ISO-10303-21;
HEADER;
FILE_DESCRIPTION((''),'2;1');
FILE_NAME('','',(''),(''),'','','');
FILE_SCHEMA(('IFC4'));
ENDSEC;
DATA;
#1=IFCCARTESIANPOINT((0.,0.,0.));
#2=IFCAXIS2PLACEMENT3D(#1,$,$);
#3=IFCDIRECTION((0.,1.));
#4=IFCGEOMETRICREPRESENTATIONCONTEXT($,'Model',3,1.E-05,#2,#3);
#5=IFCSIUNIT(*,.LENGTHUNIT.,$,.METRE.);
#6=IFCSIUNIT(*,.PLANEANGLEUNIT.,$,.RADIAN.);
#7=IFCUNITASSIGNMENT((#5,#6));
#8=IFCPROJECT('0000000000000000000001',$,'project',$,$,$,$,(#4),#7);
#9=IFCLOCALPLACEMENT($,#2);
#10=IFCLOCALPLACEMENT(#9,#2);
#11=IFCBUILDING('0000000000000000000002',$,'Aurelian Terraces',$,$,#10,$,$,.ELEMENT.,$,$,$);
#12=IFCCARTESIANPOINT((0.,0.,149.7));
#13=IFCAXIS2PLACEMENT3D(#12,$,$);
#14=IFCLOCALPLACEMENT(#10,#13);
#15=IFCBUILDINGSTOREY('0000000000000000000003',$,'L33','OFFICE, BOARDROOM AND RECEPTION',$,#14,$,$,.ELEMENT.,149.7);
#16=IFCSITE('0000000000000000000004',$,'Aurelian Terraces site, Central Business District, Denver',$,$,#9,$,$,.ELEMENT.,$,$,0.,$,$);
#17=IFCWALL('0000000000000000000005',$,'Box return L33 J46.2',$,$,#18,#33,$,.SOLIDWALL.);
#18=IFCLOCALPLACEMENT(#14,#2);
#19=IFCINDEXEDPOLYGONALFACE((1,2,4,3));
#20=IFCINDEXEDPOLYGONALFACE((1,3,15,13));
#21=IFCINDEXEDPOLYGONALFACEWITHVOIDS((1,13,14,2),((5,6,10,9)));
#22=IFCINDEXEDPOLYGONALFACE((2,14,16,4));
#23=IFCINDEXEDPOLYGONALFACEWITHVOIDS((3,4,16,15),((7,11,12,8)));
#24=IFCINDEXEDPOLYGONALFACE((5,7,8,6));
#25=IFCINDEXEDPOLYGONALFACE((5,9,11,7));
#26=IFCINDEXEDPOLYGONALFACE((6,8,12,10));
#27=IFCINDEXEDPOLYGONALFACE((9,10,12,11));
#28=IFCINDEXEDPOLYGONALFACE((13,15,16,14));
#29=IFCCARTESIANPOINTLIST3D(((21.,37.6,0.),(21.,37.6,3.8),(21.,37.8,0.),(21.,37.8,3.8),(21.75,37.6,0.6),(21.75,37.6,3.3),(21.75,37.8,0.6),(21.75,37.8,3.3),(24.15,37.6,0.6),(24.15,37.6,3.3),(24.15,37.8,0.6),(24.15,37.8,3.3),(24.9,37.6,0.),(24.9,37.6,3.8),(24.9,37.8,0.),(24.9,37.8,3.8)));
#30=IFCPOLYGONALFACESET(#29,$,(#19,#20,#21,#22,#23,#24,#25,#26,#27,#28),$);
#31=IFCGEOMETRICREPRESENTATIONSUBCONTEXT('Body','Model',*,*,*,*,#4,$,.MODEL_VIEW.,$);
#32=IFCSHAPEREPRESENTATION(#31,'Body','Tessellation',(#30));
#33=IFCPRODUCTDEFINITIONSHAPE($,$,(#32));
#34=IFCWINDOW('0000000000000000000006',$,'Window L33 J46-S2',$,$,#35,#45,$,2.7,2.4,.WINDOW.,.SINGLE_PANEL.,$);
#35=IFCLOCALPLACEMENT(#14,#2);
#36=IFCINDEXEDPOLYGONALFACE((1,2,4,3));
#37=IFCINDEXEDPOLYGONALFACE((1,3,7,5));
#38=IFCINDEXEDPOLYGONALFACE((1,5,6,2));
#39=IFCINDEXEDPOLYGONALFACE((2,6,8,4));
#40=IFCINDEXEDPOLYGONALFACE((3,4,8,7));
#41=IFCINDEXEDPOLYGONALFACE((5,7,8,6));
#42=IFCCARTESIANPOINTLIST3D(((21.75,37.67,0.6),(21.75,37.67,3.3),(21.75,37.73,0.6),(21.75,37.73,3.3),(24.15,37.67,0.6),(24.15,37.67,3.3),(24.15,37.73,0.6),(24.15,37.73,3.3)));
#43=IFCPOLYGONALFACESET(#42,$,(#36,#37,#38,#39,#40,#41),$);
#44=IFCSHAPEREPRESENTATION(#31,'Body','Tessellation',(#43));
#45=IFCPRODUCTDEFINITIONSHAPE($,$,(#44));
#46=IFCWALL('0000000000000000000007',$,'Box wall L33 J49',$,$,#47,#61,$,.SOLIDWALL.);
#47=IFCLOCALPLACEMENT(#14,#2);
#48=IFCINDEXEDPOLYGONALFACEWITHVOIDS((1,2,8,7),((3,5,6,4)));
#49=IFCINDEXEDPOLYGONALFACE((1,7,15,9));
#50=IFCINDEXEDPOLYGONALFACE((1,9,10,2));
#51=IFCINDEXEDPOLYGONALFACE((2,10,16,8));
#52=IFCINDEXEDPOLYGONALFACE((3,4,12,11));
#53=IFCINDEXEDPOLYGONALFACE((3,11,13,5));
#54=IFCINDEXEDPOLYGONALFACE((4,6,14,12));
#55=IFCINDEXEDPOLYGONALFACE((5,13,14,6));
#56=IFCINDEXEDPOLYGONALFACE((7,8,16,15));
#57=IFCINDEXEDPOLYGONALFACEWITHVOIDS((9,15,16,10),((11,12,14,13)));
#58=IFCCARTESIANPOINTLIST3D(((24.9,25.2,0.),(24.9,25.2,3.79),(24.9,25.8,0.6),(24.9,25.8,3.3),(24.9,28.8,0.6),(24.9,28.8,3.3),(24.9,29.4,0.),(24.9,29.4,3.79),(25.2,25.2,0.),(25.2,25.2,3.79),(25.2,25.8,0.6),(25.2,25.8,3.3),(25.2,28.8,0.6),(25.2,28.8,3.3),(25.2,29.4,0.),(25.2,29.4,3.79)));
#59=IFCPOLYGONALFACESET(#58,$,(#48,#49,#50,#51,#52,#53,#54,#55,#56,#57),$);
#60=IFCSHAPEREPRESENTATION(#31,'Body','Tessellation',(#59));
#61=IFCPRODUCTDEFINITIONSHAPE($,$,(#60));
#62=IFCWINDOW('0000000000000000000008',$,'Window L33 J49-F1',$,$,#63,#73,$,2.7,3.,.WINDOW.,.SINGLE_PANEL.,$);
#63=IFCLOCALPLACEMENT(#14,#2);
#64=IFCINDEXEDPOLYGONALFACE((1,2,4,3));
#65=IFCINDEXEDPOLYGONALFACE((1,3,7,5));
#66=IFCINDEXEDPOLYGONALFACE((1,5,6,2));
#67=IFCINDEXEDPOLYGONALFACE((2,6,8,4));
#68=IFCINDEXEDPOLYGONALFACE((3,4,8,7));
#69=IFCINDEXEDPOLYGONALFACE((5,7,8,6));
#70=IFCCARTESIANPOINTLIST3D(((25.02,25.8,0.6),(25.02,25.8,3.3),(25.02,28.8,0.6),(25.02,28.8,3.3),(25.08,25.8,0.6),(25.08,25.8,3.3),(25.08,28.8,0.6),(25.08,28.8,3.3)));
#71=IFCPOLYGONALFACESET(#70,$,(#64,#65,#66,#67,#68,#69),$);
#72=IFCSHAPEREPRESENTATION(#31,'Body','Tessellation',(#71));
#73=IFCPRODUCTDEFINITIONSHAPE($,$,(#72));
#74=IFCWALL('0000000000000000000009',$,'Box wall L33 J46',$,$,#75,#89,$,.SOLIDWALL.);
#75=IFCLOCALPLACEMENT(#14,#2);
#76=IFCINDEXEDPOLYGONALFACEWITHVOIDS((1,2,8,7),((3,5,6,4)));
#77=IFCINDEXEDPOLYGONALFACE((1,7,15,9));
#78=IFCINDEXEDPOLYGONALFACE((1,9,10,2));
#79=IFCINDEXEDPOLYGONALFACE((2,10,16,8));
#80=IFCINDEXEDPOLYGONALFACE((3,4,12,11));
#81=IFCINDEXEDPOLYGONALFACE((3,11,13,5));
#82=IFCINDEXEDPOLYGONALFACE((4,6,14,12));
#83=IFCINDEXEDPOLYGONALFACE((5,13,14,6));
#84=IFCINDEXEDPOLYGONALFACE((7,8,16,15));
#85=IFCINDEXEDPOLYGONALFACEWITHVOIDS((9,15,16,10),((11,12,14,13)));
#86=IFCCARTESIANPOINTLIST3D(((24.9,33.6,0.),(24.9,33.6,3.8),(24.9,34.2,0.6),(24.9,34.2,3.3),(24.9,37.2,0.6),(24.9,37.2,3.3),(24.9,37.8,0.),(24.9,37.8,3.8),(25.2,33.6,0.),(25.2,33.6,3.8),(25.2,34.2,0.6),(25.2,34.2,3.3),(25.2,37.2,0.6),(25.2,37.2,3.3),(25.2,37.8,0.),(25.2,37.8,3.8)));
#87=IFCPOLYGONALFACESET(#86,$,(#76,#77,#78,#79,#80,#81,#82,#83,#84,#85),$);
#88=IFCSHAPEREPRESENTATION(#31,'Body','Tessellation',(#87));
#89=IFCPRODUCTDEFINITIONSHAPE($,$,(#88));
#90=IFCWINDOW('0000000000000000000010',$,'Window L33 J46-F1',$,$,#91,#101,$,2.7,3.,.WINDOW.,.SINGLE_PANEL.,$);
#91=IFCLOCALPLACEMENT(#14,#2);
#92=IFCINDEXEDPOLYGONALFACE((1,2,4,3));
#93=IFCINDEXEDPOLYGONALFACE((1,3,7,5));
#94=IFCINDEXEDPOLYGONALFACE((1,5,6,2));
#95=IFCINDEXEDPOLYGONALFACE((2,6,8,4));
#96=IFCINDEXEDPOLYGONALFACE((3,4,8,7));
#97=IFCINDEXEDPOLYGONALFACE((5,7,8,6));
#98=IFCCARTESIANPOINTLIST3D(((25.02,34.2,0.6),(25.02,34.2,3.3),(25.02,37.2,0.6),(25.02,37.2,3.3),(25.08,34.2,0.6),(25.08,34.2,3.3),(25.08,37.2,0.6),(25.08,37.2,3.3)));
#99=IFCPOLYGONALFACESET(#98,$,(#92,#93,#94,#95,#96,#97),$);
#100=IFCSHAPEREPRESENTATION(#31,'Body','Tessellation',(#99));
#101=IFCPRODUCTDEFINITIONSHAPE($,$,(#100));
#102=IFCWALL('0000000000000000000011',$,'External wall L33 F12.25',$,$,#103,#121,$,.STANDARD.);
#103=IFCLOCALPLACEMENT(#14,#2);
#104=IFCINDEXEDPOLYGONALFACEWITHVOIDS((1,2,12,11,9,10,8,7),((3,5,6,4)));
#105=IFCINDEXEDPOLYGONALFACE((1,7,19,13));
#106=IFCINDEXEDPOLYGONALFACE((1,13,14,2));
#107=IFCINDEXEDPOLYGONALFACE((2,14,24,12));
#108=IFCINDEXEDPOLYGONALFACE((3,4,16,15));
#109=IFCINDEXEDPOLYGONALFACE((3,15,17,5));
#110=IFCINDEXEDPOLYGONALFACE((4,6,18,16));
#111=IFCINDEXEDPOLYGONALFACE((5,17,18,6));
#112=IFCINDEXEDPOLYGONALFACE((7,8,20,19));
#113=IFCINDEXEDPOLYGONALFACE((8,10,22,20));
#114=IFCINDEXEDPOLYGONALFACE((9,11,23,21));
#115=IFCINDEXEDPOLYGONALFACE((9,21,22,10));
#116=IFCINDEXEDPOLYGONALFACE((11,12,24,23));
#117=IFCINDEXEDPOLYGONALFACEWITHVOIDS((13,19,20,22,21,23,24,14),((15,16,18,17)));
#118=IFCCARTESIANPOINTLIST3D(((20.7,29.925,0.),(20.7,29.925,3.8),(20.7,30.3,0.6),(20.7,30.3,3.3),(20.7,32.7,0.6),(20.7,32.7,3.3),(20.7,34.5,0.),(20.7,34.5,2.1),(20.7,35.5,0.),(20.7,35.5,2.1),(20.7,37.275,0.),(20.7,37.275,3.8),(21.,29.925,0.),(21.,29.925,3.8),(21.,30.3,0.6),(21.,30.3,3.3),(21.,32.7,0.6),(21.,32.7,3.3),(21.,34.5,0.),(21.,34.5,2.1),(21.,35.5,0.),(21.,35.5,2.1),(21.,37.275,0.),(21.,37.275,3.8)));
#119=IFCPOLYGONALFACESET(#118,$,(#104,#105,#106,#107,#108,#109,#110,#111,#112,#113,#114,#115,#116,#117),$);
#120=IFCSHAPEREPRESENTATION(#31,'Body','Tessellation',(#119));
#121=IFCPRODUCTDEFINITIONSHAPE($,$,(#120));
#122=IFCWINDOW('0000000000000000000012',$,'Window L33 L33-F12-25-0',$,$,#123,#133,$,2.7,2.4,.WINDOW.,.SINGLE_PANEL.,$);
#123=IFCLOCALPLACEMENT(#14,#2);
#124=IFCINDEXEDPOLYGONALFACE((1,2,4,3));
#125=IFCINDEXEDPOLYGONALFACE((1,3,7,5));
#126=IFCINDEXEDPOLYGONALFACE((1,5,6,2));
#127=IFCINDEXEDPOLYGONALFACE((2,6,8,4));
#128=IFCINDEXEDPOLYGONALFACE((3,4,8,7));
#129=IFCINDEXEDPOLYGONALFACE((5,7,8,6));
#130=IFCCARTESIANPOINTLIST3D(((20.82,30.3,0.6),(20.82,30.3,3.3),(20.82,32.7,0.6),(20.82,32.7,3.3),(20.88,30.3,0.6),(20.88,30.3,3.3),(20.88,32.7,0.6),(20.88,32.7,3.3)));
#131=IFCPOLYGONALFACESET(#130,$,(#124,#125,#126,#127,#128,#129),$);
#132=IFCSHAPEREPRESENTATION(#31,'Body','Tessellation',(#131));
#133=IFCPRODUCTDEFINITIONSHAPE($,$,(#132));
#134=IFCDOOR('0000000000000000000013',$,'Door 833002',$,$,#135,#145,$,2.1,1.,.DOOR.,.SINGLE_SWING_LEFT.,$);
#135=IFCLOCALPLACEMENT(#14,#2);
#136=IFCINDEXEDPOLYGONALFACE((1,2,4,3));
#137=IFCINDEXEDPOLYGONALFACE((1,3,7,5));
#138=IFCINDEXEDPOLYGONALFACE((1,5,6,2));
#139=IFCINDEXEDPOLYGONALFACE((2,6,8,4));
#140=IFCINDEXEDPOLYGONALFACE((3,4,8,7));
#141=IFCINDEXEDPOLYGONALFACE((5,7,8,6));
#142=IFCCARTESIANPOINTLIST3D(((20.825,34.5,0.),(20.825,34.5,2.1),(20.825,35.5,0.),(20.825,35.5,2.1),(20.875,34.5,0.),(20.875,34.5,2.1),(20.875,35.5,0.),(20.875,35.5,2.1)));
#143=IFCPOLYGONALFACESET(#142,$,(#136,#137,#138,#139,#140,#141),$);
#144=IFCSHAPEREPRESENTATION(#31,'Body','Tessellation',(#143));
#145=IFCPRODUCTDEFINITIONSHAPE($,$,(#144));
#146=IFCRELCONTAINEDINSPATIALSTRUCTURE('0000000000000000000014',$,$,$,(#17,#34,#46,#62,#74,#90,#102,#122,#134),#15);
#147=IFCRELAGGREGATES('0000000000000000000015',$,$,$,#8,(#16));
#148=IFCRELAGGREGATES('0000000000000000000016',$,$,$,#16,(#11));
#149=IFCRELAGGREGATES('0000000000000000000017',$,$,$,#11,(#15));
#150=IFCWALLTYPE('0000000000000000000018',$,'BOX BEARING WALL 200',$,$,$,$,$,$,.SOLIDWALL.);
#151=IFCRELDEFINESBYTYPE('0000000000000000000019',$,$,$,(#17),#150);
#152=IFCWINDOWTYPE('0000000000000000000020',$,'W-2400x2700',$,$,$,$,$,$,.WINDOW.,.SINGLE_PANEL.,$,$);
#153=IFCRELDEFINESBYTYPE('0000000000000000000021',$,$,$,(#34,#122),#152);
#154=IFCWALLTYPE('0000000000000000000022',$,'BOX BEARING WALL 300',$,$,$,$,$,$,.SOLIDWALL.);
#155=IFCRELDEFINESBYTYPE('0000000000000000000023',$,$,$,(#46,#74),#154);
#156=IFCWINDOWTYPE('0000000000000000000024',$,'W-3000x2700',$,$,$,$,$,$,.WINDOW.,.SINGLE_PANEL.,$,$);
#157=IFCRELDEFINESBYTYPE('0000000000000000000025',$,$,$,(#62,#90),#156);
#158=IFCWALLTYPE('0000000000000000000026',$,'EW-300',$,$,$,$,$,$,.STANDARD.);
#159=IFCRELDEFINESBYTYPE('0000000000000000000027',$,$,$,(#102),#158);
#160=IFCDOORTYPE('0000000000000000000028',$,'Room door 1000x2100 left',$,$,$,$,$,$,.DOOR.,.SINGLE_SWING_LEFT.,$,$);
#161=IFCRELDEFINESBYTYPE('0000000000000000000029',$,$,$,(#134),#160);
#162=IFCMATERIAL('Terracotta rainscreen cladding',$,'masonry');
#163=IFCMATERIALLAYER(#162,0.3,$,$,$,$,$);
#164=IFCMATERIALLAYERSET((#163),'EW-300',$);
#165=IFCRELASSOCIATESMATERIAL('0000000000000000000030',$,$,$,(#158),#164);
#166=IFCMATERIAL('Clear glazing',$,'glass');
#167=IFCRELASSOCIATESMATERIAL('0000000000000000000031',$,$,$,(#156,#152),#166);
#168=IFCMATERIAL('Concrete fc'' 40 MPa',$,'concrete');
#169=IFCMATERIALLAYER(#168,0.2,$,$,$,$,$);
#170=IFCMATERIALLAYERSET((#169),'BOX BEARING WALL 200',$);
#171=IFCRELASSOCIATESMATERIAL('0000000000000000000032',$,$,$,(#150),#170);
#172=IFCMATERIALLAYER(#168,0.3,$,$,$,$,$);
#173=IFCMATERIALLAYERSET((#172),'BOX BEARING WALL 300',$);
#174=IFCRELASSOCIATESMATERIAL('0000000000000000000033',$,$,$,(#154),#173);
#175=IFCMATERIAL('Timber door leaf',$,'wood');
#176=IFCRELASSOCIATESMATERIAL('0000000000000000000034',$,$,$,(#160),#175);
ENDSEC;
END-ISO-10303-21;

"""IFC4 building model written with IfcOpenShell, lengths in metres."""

from ifc_helpers import new_model, si_unit, direction, frame, frame_2d, origin, place, context, subcontext, project, spatial, rectangle, extrude, source, transform, mapped, material, layer, layer_set, type_object, element, fill, save


model = new_model("IFC4")

# Units and contexts
model_context = context("Model", 3, precision=1e-05, world=origin(), true_north=direction((0.0, 1.0)))
body_context = subcontext(model_context, "Body", "Model", "MODEL_VIEW")
ifc_project = project(units=[si_unit("LENGTHUNIT", "METRE"), si_unit("PLANEANGLEUNIT", "RADIAN")], contexts=[model_context])

# Site, building, storey
site_placement = place(None, origin())
site = spatial("IfcSite", under=ifc_project, at=site_placement, Name="Aurelian Terraces site, Central Business District, Denver", CompositionType="ELEMENT", RefElevation=0.0)
building_placement = place(site_placement, origin())
building = spatial("IfcBuilding", under=site, at=building_placement, Name="Aurelian Terraces", CompositionType="ELEMENT")
storey_placement = place(building_placement, frame((0.0, 0.0, 149.7)))
storey = spatial("IfcBuildingStorey", under=building, at=storey_placement, Name="L33", Description="OFFICE, BOARDROOM AND RECEPTION", CompositionType="ELEMENT", Elevation=149.7)

# Walls, openings, windows
ifc_material_1 = material(Name="Terracotta rainscreen cladding", Category="masonry")
ifc_layer_1 = layer(ifc_material_1, 0.3)
ifc_layer_set_1 = layer_set([ifc_layer_1], Name="EW-300")
wall_type_1 = type_object("IfcWallType", Name="EW-300", PredefinedType="STANDARD", material=ifc_layer_set_1)
shared_shape_1 = source(origin(), body_context, "Body", "SweptSolid", [
    extrude(rectangle(XDim=3.0, YDim=2.7, at=frame_2d((1.5, 1.35))), frame((0.0, 0.16, 0.0), z_axis=(0.0, -1.0, 0.0), x_axis=(1.0, 0.0, 0.0)), (0.0, 0.0, 1.0), 0.32),
])
ifc_material_2 = material(Name="Clear glazing", Category="glass")
window_type_1 = type_object("IfcWindowType", Name="W-3000x2700", PartitioningType="SINGLE_PANEL", PredefinedType="WINDOW", material=ifc_material_2)
shared_shape_2 = source(origin(), body_context, "Body", "SweptSolid", [
    extrude(rectangle(XDim=3.0, YDim=2.7, at=frame_2d((1.5, 1.35))), frame((0.0, 0.03, 0.0), z_axis=(0.0, -1.0, 0.0), x_axis=(1.0, 0.0, 0.0)), (0.0, 0.0, 1.0), 0.06),
])
ifc_material_3 = material(Name="Concrete fc' 40 MPa", Category="concrete")
ifc_layer_2 = layer(ifc_material_3, 0.2)
ifc_layer_set_2 = layer_set([ifc_layer_2], Name="BOX BEARING WALL 200")
wall_type_2 = type_object("IfcWallType", Name="BOX BEARING WALL 200", PredefinedType="SOLIDWALL", material=ifc_layer_set_2)
shared_shape_3 = source(origin(), body_context, "Body", "SweptSolid", [
    extrude(rectangle(XDim=2.4, YDim=2.7, at=frame_2d((1.2, 1.35))), frame((0.0, 0.11, 0.0), z_axis=(0.0, -1.0, 0.0), x_axis=(1.0, 0.0, 0.0)), (0.0, 0.0, 1.0), 0.22),
])
window_type_2 = type_object("IfcWindowType", Name="W-2400x2700", PartitioningType="SINGLE_PANEL", PredefinedType="WINDOW", material=ifc_material_2)
shared_shape_4 = source(origin(), body_context, "Body", "SweptSolid", [
    extrude(rectangle(XDim=2.4, YDim=2.7, at=frame_2d((1.2, 1.35))), frame((0.0, 0.03, 0.0), z_axis=(0.0, -1.0, 0.0), x_axis=(1.0, 0.0, 0.0)), (0.0, 0.0, 1.0), 0.06),
])
shared_shape_5 = source(origin(), body_context, "Body", "SweptSolid", [
    extrude(rectangle(XDim=3.9, YDim=0.2, at=frame_2d((1.95, 0.0))), origin(), (0.0, 0.0, 1.0), 3.8),
])
wall_1_placement = place(storey_placement, frame((21.0, 37.7, 0.0), z_axis=(0.0, 0.0, 1.0), x_axis=(1.0, 0.0, 0.0)))
wall_1 = element("IfcWall", 1, at=wall_1_placement, inside=storey, type_object=wall_type_2, Name="Box return L33 J46.2", PredefinedType="SOLIDWALL", context=body_context, shape_type="MappedRepresentation", body=[
    mapped(shared_shape_5, transform((0.0, 0.0, 0.0), scale=1.0)),
])
opening_1_placement = place(wall_1_placement, frame((0.75, 0.0, 0.6)))
opening_1 = element("IfcOpeningElement", 2, at=opening_1_placement, cuts=wall_1, PredefinedType="OPENING", context=body_context, shape_type="MappedRepresentation", body=[
    mapped(shared_shape_3, transform((0.0, 0.0, 0.0), scale=1.0)),
])
window_1_placement = place(opening_1_placement, origin())
window_1 = element("IfcWindow", 3, at=window_1_placement, inside=storey, type_object=window_type_2, Name="Window L33 J46-S2", OverallHeight=2.7, OverallWidth=2.4, PartitioningType="SINGLE_PANEL", PredefinedType="WINDOW", context=body_context, shape_type="MappedRepresentation", body=[
    mapped(shared_shape_4, transform((0.0, 0.0, 0.0), scale=1.0)),
])
fill(opening_1, window_1)
ifc_layer_3 = layer(ifc_material_3, 0.3)
ifc_layer_set_3 = layer_set([ifc_layer_3], Name="BOX BEARING WALL 300")
wall_type_3 = type_object("IfcWallType", Name="BOX BEARING WALL 300", PredefinedType="SOLIDWALL", material=ifc_layer_set_3)
shared_shape_6 = source(origin(), body_context, "Body", "SweptSolid", [
    extrude(rectangle(XDim=4.2, YDim=0.3, at=frame_2d((2.1, 0.0))), origin(), (0.0, 0.0, 1.0), 3.79),
])
wall_2_placement = place(storey_placement, frame((25.05, 25.2, 0.0), z_axis=(0.0, 0.0, 1.0), x_axis=(0.0, 1.0, 0.0)))
wall_2 = element("IfcWall", 4, at=wall_2_placement, inside=storey, type_object=wall_type_3, Name="Box wall L33 J49", PredefinedType="SOLIDWALL", context=body_context, shape_type="MappedRepresentation", body=[
    mapped(shared_shape_6, transform((0.0, 0.0, 0.0), scale=1.0)),
])
opening_2_placement = place(wall_2_placement, frame((0.6, 0.0, 0.6)))
opening_2 = element("IfcOpeningElement", 5, at=opening_2_placement, cuts=wall_2, PredefinedType="OPENING", context=body_context, shape_type="MappedRepresentation", body=[
    mapped(shared_shape_1, transform((0.0, 0.0, 0.0), scale=1.0)),
])
window_2_placement = place(opening_2_placement, origin())
window_2 = element("IfcWindow", 6, at=window_2_placement, inside=storey, type_object=window_type_1, Name="Window L33 J49-F1", OverallHeight=2.7, OverallWidth=3.0, PartitioningType="SINGLE_PANEL", PredefinedType="WINDOW", context=body_context, shape_type="MappedRepresentation", body=[
    mapped(shared_shape_2, transform((0.0, 0.0, 0.0), scale=1.0)),
])
fill(opening_2, window_2)
shared_shape_7 = source(origin(), body_context, "Body", "SweptSolid", [
    extrude(rectangle(XDim=4.2, YDim=0.3, at=frame_2d((2.1, 0.0))), origin(), (0.0, 0.0, 1.0), 3.8),
])
wall_3_placement = place(storey_placement, frame((25.05, 33.6, 0.0), z_axis=(0.0, 0.0, 1.0), x_axis=(0.0, 1.0, 0.0)))
wall_3 = element("IfcWall", 7, at=wall_3_placement, inside=storey, type_object=wall_type_3, Name="Box wall L33 J46", PredefinedType="SOLIDWALL", context=body_context, shape_type="MappedRepresentation", body=[
    mapped(shared_shape_7, transform((0.0, 0.0, 0.0), scale=1.0)),
])
opening_3_placement = place(wall_3_placement, frame((0.6, 0.0, 0.6)))
opening_3 = element("IfcOpeningElement", 8, at=opening_3_placement, cuts=wall_3, PredefinedType="OPENING", context=body_context, shape_type="MappedRepresentation", body=[
    mapped(shared_shape_1, transform((0.0, 0.0, 0.0), scale=1.0)),
])
window_3_placement = place(opening_3_placement, origin())
window_3 = element("IfcWindow", 9, at=window_3_placement, inside=storey, type_object=window_type_1, Name="Window L33 J46-F1", OverallHeight=2.7, OverallWidth=3.0, PartitioningType="SINGLE_PANEL", PredefinedType="WINDOW", context=body_context, shape_type="MappedRepresentation", body=[
    mapped(shared_shape_2, transform((0.0, 0.0, 0.0), scale=1.0)),
])
fill(opening_3, window_3)

# Wall, openings, window, door
shared_shape_8 = source(origin(), body_context, "Body", "SweptSolid", [
    extrude(rectangle(XDim=7.35, YDim=0.3, at=frame_2d((3.675, 0.0))), origin(), (0.0, 0.0, 1.0), 3.8),
])
wall_4_placement = place(storey_placement, frame((20.85, 29.925, 0.0), z_axis=(0.0, 0.0, 1.0), x_axis=(0.0, 1.0, 0.0)))
wall_4 = element("IfcWall", 10, at=wall_4_placement, inside=storey, type_object=wall_type_1, Name="External wall L33 F12.25", PredefinedType="STANDARD", context=body_context, shape_type="MappedRepresentation", body=[
    mapped(shared_shape_8, transform((0.0, 0.0, 0.0), scale=1.0)),
])
shared_shape_9 = source(origin(), body_context, "Body", "SweptSolid", [
    extrude(rectangle(XDim=2.4, YDim=2.7, at=frame_2d((1.2, 1.35))), frame((0.0, 0.16, 0.0), z_axis=(0.0, -1.0, 0.0), x_axis=(1.0, 0.0, 0.0)), (0.0, 0.0, 1.0), 0.32),
])
opening_4_placement = place(wall_4_placement, frame((0.375, 0.0, 0.6)))
opening_4 = element("IfcOpeningElement", 11, at=opening_4_placement, cuts=wall_4, PredefinedType="OPENING", context=body_context, shape_type="MappedRepresentation", body=[
    mapped(shared_shape_9, transform((0.0, 0.0, 0.0), scale=1.0)),
])
shared_shape_10 = source(origin(), body_context, "Body", "SweptSolid", [
    extrude(rectangle(XDim=1.0, YDim=2.1, at=frame_2d((0.5, 1.05))), frame((0.0, 0.16, 0.0), z_axis=(0.0, -1.0, 0.0), x_axis=(1.0, 0.0, 0.0)), (0.0, 0.0, 1.0), 0.32),
])
opening_5_placement = place(wall_4_placement, frame((4.575, 0.0, 0.0)))
opening_5 = element("IfcOpeningElement", 12, at=opening_5_placement, cuts=wall_4, PredefinedType="OPENING", context=body_context, shape_type="MappedRepresentation", body=[
    mapped(shared_shape_10, transform((0.0, 0.0, 0.0), scale=1.0)),
])
window_4_placement = place(opening_4_placement, origin())
window_4 = element("IfcWindow", 13, at=window_4_placement, inside=storey, type_object=window_type_2, Name="Window L33 L33-F12-25-0", OverallHeight=2.7, OverallWidth=2.4, PartitioningType="SINGLE_PANEL", PredefinedType="WINDOW", context=body_context, shape_type="MappedRepresentation", body=[
    mapped(shared_shape_4, transform((0.0, 0.0, 0.0), scale=1.0)),
])
fill(opening_4, window_4)
ifc_material_4 = material(Name="Timber door leaf", Category="wood")
door_type = type_object("IfcDoorType", Name="Room door 1000x2100 left", OperationType="SINGLE_SWING_LEFT", PredefinedType="DOOR", material=ifc_material_4)
shared_shape_11 = source(origin(), body_context, "Body", "SweptSolid", [
    extrude(rectangle(XDim=1.0, YDim=2.1, at=frame_2d((0.5, 1.05))), frame((0.0, 0.025, 0.0), z_axis=(0.0, -1.0, 0.0), x_axis=(1.0, 0.0, 0.0)), (0.0, 0.0, 1.0), 0.05),
])
door_placement = place(opening_5_placement, origin())
door = element("IfcDoor", 14, at=door_placement, inside=storey, type_object=door_type, Name="Door 833002", OperationType="SINGLE_SWING_LEFT", OverallHeight=2.1, OverallWidth=1.0, PredefinedType="DOOR", context=body_context, shape_type="MappedRepresentation", body=[
    mapped(shared_shape_11, transform((0.0, 0.0, 0.0), scale=1.0)),
])
fill(opening_5, door)

save(model, "model.ifc")
